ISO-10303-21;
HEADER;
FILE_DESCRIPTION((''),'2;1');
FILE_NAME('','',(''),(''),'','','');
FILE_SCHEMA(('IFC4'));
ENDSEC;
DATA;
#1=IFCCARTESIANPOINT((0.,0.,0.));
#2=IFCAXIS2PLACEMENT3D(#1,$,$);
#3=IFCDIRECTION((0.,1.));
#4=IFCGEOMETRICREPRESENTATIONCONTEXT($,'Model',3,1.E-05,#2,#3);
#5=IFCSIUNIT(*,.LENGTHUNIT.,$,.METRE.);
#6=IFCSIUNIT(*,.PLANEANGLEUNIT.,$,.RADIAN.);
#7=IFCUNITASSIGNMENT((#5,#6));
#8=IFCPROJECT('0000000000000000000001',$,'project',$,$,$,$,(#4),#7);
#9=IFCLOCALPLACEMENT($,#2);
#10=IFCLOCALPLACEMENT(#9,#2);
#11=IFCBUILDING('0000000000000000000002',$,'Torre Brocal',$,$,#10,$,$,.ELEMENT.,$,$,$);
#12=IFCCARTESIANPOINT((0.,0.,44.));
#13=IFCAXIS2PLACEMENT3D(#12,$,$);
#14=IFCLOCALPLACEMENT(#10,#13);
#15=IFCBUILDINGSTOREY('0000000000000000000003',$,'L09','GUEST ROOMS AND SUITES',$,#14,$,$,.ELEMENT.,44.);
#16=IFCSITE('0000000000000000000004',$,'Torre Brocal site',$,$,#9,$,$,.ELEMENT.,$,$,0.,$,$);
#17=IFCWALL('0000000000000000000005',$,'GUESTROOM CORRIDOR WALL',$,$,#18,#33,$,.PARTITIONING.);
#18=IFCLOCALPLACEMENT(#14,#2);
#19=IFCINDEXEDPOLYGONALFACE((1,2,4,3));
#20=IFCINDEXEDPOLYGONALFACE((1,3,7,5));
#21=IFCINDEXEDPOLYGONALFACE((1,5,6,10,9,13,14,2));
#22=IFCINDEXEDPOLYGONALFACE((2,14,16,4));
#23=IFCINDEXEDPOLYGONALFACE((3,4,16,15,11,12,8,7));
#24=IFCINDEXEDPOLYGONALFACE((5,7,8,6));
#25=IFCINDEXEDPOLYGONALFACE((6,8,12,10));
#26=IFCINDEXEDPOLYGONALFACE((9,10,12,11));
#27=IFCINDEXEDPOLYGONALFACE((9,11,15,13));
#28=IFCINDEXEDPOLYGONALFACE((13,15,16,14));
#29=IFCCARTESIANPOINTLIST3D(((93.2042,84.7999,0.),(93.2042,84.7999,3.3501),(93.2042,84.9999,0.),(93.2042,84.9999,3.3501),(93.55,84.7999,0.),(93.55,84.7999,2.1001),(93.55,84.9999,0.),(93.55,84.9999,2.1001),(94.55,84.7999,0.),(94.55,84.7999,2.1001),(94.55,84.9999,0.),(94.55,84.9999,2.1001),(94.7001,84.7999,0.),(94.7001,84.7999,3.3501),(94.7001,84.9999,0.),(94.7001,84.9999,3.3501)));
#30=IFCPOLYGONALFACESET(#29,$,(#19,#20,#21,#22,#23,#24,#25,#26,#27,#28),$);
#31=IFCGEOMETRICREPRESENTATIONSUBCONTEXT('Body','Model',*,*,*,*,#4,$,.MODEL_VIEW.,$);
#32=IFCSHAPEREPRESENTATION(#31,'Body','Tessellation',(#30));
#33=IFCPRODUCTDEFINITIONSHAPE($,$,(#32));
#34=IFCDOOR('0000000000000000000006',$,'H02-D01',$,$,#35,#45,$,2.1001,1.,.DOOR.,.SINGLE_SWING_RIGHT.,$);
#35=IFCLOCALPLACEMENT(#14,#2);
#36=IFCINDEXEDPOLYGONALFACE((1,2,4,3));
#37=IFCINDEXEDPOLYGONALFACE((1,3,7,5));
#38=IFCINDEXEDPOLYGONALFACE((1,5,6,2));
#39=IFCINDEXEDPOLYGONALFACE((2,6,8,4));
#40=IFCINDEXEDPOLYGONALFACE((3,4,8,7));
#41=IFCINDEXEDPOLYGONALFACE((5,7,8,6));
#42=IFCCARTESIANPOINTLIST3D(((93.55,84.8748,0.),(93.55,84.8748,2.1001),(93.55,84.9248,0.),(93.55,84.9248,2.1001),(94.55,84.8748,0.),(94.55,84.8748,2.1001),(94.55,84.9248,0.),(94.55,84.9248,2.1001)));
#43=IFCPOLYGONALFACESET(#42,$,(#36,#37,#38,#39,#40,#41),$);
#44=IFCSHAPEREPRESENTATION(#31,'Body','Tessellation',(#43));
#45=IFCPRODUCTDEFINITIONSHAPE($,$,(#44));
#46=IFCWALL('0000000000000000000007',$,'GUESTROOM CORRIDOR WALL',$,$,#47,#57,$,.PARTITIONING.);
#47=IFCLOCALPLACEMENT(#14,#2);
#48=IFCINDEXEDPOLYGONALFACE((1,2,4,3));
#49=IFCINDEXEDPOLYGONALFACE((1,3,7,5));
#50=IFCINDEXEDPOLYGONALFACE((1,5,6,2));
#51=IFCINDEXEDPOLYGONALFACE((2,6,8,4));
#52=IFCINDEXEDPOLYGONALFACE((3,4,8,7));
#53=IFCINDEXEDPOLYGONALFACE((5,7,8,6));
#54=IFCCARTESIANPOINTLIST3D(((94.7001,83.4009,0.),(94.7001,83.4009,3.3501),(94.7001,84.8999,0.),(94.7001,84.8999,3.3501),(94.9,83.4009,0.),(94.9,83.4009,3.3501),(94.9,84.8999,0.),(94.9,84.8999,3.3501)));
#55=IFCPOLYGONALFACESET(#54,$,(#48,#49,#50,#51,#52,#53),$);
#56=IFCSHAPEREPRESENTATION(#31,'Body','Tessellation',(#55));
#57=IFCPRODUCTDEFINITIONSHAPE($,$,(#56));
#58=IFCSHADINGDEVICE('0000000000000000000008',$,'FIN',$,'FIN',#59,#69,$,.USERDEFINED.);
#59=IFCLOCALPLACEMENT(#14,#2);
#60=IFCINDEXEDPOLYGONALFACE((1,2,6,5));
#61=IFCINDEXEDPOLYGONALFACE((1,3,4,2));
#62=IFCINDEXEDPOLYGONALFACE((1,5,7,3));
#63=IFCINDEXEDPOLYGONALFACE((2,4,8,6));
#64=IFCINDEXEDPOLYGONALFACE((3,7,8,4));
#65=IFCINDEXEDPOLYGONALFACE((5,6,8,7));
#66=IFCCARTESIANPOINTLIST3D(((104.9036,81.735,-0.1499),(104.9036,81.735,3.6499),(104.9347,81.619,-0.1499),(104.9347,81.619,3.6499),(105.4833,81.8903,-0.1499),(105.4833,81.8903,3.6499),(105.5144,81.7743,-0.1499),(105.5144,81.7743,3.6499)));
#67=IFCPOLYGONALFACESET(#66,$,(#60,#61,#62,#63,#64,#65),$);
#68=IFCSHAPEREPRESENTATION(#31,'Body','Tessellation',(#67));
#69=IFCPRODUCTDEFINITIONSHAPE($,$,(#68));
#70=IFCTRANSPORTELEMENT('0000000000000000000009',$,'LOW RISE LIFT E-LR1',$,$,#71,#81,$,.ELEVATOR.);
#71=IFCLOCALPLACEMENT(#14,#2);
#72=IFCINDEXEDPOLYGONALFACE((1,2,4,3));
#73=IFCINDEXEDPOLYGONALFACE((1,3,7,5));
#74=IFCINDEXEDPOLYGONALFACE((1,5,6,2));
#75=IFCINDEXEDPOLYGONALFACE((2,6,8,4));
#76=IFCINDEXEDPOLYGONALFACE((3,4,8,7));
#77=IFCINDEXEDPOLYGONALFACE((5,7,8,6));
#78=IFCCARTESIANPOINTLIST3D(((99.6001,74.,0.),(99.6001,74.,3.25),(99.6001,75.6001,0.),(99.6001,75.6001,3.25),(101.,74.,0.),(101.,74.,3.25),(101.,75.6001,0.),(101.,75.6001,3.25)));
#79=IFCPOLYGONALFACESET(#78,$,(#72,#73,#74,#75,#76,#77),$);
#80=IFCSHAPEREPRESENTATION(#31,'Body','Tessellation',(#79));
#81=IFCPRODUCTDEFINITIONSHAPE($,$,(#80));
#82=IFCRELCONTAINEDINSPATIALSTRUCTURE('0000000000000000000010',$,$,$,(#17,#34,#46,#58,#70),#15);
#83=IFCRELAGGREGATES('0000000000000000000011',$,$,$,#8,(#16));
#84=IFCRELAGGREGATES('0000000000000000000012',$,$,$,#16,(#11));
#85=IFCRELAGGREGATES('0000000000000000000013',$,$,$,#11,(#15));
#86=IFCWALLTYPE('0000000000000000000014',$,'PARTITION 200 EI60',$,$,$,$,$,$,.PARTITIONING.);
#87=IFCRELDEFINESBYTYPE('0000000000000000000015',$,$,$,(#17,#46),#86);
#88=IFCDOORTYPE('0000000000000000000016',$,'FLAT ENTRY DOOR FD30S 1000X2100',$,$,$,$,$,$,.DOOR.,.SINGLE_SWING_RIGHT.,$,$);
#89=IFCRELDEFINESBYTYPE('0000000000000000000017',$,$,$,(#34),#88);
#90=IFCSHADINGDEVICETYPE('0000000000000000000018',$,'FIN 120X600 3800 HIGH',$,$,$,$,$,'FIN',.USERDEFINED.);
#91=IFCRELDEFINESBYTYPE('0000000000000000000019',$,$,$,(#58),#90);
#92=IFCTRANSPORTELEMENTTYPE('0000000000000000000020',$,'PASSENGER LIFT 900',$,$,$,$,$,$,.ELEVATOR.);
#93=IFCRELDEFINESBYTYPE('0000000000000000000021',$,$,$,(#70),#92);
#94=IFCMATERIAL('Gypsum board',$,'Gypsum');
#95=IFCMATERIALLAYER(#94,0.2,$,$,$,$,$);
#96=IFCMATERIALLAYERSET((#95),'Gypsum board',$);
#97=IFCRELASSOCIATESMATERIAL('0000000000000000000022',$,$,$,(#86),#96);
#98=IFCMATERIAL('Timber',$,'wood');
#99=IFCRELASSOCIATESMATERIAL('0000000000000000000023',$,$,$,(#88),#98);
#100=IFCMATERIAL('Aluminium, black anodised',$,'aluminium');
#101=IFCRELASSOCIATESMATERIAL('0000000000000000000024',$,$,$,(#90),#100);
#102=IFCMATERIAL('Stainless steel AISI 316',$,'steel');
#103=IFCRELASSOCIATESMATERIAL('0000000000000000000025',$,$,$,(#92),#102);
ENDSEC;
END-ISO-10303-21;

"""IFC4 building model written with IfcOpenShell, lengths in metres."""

from ifc_helpers import new_model, si_unit, direction, frame, frame_2d, origin, origin_2d, place, context, subcontext, project, spatial, rectangle, extrude, material, layer, layer_set, material_profile, profile_set, type_object, element, fill, save


model = new_model("IFC4")

# Units and contexts
model_context = context("Model", 3, precision=1e-05, world=origin(), true_north=direction((0.0, 1.0)))
body_context = subcontext(model_context, "Body", "Model", "MODEL_VIEW")
ifc_project = project(units=[si_unit("LENGTHUNIT", "METRE"), si_unit("PLANEANGLEUNIT", "RADIAN")], contexts=[model_context])

# Site, building, storey
site_placement = place(None, origin())
site = spatial("IfcSite", under=ifc_project, at=site_placement, Name="Torre Brocal site", CompositionType="ELEMENT", RefElevation=0.0)
building_placement = place(site_placement, origin())
building = spatial("IfcBuilding", under=site, at=building_placement, Name="Torre Brocal", CompositionType="ELEMENT")
storey_placement = place(building_placement, frame((0.0, 0.0, 44.0)))
storey = spatial("IfcBuildingStorey", under=building, at=storey_placement, Name="L09", Description="GUEST ROOMS AND SUITES", CompositionType="ELEMENT", Elevation=44.0)

# Wall, opening, door
ifc_material_1 = material(Name="Gypsum board", Category="Gypsum")
ifc_layer_1 = layer(ifc_material_1, 0.2)
ifc_layer_set_1 = layer_set([ifc_layer_1], Name="Gypsum board")
wall_type_1 = type_object("IfcWallType", Name="PARTITION 200 EI60", PredefinedType="PARTITIONING", material=ifc_layer_set_1)
wall_1_placement = place(storey_placement, frame((93.2041, 84.8999, 0.0), z_axis=(0.0, 0.0, 1.0), x_axis=(1.0, 0.0, 0.0)))
wall_1 = element("IfcWall", 1, at=wall_1_placement, inside=storey, type_object=wall_type_1, Name="GUESTROOM CORRIDOR WALL", PredefinedType="PARTITIONING", context=body_context, shape_type="SweptSolid", body=[
    extrude(rectangle(XDim=1.4958, YDim=0.2, at=frame_2d((0.748, 0.0))), origin(), (0.0, 0.0, 1.0), 3.3501),
])
opening_1_placement = place(wall_1_placement, frame((0.3459, 0.0, 0.0)))
opening_1 = element("IfcOpeningElement", 2, at=opening_1_placement, cuts=wall_1, PredefinedType="OPENING", context=body_context, shape_type="SweptSolid", body=[
    extrude(rectangle(XDim=1.0, YDim=2.1001, at=frame_2d((0.5, 1.05))), frame((0.0, 0.1099, 0.0), z_axis=(0.0, -1.0, 0.0), x_axis=(1.0, 0.0, 0.0)), (0.0, 0.0, 1.0), 0.22),
])
ifc_material_2 = material(Name="Timber", Category="wood")
door_type_1 = type_object("IfcDoorType", Name="FLAT ENTRY DOOR FD30S 1000X2100", OperationType="SINGLE_SWING_RIGHT", PredefinedType="DOOR", material=ifc_material_2)
door_1_placement = place(opening_1_placement, origin())
door_1 = element("IfcDoor", 3, at=door_1_placement, inside=storey, type_object=door_type_1, Name="H02-D01", OperationType="SINGLE_SWING_RIGHT", OverallHeight=2.1001, OverallWidth=1.0, PredefinedType="DOOR", context=body_context, shape_type="SweptSolid", body=[
    extrude(rectangle(XDim=1.0, YDim=2.1001, at=frame_2d((0.5, 1.05))), frame((0.0, 0.0249, 0.0), z_axis=(0.0, -1.0, 0.0), x_axis=(1.0, 0.0, 0.0)), (0.0, 0.0, 1.0), 0.05),
])
fill(opening_1, door_1)

# Wall
wall_2_placement = place(storey_placement, frame((94.8, 83.4009, 0.0), z_axis=(0.0, 0.0, 1.0), x_axis=(0.0, 1.0, 0.0)))
element("IfcWall", 4, at=wall_2_placement, inside=storey, type_object=wall_type_1, Name="GUESTROOM CORRIDOR WALL", PredefinedType="PARTITIONING", context=body_context, shape_type="SweptSolid", body=[
    extrude(rectangle(XDim=1.499, YDim=0.2, at=frame_2d((0.7495, 0.0))), origin(), (0.0, 0.0, 1.0), 3.3501),
])

# Shading device
ifc_material_3 = material(Name="Aluminium, black anodised", Category="aluminium")
ifc_material_profile_1 = material_profile(ifc_material_3, rectangle(XDim=0.1201, YDim=0.6001, at=origin_2d()), Name="FIN 120X600 3800 HIGH")
ifc_profile_set_1 = profile_set([ifc_material_profile_1], Name="Aluminium, black anodised")
shading_device_type = type_object("IfcShadingDeviceType", Name="FIN 120X600 3800 HIGH", ElementType="FIN", PredefinedType="USERDEFINED", material=ifc_profile_set_1)
shading_device_placement = place(storey_placement, frame((105.209, 81.7546, -0.1499), z_axis=(0.0, 0.0, 1.0), x_axis=(-0.258819, 0.965926, 0.0)))
element("IfcShadingDevice", 5, at=shading_device_placement, inside=storey, type_object=shading_device_type, Name="FIN", ObjectType="FIN", PredefinedType="USERDEFINED", context=body_context, shape_type="SweptSolid", body=[
    extrude(rectangle(XDim=0.1201, YDim=0.6001, at=origin_2d()), origin(), (0.0, 0.0, 1.0), 3.7998),
])

# Transport element
ifc_material_4 = material(Name="Stainless steel AISI 316", Category="steel")
transport_element_type = type_object("IfcTransportElementType", Name="PASSENGER LIFT 900", PredefinedType="ELEVATOR", material=ifc_material_4)
transport_element_placement = place(storey_placement, frame((100.3, 74.8, 0.0), z_axis=(0.0, 0.0, 1.0), x_axis=(1.0, 0.0, 0.0)))
element("IfcTransportElement", 6, at=transport_element_placement, inside=storey, type_object=transport_element_type, Name="LOW RISE LIFT E-LR1", PredefinedType="ELEVATOR", context=body_context, shape_type="SweptSolid", body=[
    extrude(rectangle(XDim=1.3999, YDim=1.6001, at=origin_2d()), origin(), (0.0, 0.0, 1.0), 3.25),
])

save(model, "model.ifc")
